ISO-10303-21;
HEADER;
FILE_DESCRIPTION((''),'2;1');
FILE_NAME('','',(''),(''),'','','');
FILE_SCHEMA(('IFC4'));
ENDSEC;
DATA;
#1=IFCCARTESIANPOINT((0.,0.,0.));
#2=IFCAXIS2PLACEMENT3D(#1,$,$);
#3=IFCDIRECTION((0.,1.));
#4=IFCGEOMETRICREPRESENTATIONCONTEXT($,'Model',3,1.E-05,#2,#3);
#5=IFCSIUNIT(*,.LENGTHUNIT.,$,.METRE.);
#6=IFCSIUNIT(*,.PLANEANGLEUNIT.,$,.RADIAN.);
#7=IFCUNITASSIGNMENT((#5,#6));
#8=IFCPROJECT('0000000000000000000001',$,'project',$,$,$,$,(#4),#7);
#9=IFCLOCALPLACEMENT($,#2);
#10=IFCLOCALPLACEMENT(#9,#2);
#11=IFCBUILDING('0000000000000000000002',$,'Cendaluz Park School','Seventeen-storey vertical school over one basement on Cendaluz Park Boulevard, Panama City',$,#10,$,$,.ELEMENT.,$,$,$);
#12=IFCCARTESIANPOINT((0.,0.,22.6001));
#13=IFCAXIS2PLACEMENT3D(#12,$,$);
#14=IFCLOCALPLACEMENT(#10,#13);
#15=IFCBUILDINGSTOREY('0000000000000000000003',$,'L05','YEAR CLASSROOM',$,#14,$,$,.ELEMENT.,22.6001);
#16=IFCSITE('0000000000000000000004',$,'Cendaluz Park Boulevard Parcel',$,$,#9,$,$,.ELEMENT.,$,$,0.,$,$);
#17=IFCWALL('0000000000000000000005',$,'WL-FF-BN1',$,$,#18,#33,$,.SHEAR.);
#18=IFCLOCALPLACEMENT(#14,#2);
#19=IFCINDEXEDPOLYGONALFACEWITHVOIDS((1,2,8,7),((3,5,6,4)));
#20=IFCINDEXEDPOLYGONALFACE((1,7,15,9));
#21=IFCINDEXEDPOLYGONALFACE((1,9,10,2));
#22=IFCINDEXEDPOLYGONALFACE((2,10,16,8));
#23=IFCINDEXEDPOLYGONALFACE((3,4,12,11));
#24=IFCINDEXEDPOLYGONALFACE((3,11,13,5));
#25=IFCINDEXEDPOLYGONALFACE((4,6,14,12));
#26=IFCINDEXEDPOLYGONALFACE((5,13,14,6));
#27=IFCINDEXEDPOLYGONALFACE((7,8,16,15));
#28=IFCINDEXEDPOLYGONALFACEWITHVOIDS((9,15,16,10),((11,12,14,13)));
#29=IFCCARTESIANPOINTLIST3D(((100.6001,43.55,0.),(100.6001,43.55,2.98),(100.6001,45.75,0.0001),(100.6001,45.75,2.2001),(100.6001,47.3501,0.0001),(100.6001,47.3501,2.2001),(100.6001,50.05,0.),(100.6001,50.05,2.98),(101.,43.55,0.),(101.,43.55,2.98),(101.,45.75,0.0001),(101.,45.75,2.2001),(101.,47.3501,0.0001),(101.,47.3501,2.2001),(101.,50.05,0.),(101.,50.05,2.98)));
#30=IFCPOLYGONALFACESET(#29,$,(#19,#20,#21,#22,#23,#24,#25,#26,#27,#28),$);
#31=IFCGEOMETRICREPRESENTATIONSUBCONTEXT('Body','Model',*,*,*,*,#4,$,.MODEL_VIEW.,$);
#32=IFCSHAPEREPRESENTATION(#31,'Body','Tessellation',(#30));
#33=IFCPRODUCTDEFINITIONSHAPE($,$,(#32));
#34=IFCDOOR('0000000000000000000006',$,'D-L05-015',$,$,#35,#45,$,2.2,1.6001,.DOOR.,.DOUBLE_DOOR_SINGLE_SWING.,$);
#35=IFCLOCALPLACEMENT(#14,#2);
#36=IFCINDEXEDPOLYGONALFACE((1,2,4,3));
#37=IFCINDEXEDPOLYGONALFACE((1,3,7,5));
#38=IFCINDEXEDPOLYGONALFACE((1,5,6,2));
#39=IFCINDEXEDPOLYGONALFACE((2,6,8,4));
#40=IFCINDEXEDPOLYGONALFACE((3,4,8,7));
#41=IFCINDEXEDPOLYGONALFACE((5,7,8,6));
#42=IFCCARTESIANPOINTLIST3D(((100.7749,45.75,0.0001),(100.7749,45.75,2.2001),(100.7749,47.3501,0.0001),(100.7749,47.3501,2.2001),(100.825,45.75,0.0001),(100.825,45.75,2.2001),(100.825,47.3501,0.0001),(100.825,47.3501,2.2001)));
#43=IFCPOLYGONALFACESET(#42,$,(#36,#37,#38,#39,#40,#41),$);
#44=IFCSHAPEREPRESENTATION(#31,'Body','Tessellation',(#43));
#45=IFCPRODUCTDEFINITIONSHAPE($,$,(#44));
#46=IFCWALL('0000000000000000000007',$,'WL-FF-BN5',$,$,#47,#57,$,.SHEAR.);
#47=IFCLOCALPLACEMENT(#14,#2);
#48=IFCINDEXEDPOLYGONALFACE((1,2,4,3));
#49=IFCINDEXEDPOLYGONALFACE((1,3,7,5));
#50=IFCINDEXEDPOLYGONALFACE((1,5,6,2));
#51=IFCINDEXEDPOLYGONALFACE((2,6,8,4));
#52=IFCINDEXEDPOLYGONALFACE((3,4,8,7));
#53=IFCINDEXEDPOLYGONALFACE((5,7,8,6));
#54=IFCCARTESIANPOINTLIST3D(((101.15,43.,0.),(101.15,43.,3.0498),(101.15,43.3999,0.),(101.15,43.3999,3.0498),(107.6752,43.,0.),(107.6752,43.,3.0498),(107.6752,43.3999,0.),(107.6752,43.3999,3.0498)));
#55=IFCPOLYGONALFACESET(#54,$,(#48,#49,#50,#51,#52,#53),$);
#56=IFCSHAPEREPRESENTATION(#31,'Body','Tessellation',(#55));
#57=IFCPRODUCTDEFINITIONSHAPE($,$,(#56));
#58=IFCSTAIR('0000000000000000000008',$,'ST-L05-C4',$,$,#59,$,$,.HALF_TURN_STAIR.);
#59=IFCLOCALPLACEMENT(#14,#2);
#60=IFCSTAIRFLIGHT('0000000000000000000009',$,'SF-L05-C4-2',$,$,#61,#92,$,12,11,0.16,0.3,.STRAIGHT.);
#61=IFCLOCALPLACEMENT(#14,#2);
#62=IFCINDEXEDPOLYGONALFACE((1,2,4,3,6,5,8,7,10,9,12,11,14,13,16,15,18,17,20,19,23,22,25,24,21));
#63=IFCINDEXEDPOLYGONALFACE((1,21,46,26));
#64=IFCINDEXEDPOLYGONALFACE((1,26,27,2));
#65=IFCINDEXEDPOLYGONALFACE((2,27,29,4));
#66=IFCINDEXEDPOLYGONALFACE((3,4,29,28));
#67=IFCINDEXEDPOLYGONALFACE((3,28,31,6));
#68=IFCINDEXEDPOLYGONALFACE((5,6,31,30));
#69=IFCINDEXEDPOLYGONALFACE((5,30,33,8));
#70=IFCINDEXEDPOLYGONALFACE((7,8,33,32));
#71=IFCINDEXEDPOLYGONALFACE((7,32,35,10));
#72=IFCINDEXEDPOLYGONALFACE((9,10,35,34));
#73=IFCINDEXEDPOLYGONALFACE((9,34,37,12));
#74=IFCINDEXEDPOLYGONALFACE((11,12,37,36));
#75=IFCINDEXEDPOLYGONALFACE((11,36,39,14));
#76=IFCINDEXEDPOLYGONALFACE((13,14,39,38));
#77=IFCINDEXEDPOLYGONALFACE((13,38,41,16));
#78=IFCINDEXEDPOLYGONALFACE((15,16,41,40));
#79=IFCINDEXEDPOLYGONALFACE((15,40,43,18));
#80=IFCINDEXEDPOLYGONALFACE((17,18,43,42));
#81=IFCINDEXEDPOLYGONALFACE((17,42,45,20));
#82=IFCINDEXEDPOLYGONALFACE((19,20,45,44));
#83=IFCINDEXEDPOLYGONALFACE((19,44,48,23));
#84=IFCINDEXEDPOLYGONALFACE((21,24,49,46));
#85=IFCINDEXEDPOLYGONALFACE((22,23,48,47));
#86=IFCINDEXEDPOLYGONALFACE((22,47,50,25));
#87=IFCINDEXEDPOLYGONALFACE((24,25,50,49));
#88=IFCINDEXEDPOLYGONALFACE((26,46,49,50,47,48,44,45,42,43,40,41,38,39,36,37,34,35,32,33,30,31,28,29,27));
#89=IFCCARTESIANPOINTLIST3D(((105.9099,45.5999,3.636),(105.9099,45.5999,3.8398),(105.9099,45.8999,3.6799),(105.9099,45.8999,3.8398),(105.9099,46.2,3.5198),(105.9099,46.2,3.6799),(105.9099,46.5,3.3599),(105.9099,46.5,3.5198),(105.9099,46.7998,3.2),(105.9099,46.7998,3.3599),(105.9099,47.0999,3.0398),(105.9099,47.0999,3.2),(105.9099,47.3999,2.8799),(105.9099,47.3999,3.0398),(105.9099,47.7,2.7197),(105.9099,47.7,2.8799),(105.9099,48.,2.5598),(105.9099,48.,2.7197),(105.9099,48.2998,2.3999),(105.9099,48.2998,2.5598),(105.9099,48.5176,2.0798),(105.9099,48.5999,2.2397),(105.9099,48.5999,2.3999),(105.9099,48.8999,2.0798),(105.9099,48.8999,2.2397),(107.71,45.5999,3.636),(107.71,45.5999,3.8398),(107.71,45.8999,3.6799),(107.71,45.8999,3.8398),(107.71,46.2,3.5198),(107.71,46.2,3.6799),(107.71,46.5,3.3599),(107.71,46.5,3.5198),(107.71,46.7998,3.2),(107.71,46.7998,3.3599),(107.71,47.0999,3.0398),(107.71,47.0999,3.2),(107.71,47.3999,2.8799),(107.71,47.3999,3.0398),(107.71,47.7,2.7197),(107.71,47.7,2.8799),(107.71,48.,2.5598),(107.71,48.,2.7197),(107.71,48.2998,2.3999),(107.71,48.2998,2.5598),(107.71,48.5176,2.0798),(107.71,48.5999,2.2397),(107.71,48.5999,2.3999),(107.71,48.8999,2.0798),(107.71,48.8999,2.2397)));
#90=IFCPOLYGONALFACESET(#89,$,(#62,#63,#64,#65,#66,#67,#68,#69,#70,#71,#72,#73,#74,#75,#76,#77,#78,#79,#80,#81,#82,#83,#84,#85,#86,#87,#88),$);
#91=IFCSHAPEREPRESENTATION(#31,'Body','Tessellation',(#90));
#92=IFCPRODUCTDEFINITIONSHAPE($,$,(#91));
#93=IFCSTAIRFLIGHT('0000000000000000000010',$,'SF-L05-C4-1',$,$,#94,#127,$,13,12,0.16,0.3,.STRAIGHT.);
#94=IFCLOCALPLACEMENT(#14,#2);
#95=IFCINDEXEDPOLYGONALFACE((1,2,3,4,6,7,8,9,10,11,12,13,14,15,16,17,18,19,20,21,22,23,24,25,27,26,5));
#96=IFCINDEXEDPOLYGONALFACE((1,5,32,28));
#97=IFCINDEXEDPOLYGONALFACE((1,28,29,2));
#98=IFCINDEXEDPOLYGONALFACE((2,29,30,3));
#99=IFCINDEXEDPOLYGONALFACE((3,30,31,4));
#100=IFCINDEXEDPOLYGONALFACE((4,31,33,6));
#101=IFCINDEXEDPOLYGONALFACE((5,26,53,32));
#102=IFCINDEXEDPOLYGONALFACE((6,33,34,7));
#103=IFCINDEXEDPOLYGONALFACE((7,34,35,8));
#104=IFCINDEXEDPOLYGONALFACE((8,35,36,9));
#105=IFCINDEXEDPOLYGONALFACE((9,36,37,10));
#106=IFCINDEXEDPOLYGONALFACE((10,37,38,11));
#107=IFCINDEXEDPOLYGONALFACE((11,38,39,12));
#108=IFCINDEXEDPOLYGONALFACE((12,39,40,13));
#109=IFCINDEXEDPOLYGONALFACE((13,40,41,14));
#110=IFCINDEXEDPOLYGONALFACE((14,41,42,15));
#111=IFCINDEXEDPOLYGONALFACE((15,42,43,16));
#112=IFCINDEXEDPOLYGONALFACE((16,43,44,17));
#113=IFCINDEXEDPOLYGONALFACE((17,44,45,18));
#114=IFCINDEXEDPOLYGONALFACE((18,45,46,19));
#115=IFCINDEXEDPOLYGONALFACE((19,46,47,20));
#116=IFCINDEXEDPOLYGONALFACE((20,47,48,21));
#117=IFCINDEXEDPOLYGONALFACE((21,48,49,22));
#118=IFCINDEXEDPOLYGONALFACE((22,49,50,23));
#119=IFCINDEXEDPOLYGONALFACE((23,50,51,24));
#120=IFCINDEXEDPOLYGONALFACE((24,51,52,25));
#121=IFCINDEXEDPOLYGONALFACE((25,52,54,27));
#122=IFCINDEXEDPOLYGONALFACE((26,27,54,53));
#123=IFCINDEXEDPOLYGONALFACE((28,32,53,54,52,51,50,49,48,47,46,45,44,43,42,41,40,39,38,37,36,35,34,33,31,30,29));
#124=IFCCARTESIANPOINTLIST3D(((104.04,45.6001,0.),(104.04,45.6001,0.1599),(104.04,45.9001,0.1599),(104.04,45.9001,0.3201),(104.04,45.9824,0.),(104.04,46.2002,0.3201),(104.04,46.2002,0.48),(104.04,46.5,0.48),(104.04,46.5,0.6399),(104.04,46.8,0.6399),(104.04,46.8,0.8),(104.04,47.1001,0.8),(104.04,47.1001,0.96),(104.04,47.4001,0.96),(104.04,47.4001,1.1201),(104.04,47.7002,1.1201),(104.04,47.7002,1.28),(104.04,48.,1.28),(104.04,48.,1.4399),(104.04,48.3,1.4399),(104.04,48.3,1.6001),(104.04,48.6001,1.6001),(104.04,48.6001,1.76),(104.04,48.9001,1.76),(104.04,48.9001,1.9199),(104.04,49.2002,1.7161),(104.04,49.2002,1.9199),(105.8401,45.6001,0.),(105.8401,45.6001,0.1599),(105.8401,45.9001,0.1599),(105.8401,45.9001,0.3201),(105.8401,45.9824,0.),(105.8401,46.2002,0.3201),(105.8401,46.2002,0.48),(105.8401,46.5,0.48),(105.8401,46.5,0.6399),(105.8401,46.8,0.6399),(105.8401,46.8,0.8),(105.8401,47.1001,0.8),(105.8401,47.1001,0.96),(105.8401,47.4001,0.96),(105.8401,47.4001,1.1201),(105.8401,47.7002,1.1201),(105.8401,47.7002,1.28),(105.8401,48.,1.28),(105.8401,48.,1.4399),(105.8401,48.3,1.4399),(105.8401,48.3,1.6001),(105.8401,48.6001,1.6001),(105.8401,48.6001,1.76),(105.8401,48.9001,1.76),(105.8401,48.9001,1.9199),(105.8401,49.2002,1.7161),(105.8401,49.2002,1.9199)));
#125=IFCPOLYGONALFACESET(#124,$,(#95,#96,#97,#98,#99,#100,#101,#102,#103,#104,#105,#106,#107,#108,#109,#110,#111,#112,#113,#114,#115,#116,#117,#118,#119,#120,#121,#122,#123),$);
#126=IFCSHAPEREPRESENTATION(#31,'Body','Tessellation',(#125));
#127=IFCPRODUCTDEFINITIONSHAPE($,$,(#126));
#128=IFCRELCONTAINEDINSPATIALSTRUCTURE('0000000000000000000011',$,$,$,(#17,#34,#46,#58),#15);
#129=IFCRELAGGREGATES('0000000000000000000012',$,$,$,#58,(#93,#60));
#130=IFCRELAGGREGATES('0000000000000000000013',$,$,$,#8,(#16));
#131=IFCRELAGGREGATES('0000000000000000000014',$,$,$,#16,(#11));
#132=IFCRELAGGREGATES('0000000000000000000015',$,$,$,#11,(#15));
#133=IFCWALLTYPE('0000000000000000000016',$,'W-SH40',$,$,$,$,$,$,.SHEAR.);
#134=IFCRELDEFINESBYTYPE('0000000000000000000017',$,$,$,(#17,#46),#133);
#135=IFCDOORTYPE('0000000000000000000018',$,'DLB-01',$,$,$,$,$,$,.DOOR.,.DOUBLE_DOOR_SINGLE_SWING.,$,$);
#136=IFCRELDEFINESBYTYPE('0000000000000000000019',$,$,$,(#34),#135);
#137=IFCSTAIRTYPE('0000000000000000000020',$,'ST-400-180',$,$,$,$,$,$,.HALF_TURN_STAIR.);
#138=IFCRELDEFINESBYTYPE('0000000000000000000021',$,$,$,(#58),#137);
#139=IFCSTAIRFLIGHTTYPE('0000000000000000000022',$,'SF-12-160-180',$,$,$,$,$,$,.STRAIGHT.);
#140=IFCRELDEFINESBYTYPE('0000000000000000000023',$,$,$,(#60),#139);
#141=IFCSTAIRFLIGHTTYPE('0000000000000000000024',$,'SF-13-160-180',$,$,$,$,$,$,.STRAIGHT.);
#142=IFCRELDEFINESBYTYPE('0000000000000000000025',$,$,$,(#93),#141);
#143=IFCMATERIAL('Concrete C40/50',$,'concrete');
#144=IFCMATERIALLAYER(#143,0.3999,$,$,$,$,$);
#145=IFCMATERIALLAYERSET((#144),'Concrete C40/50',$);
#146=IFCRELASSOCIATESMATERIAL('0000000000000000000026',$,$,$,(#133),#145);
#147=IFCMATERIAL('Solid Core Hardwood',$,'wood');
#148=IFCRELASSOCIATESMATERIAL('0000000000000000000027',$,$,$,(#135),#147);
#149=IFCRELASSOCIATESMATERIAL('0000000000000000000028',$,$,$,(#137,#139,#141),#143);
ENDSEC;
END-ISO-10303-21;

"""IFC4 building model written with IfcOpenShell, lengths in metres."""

from ifc_helpers import new_model, si_unit, direction, frame, frame_2d, origin, place, context, subcontext, project, spatial, polyline, rectangle, outline, extrude, material, layer, layer_set, type_object, element, fill, aggregate, save


model = new_model("IFC4")

# Units and contexts
model_context = context("Model", 3, precision=1e-05, world=origin(), true_north=direction((0.0, 1.0)))
body_context = subcontext(model_context, "Body", "Model", "MODEL_VIEW")
ifc_project = project(units=[si_unit("LENGTHUNIT", "METRE"), si_unit("PLANEANGLEUNIT", "RADIAN")], contexts=[model_context])

# Site, building, storey
site_placement = place(None, origin())
site = spatial("IfcSite", under=ifc_project, at=site_placement, Name="Cendaluz Park Boulevard Parcel", CompositionType="ELEMENT", RefElevation=0.0)
building_placement = place(site_placement, origin())
building = spatial("IfcBuilding", under=site, at=building_placement, Name="Cendaluz Park School", Description="Seventeen-storey vertical school over one basement on Cendaluz Park Boulevard, Panama City", CompositionType="ELEMENT")
storey_placement = place(building_placement, frame((0.0, 0.0, 22.6001)))
storey = spatial("IfcBuildingStorey", under=building, at=storey_placement, Name="L05", Description="YEAR CLASSROOM", CompositionType="ELEMENT", Elevation=22.6001)

# Shared definitions
ifc_material_1 = material(Name="Concrete C40/50", Category="concrete")

# Shared definitions
ifc_material_2 = material(Name="Solid Core Hardwood", Category="wood")

# Wall, opening, door
ifc_layer_1 = layer(ifc_material_1, 0.3999)
ifc_layer_set_1 = layer_set([ifc_layer_1], Name="Concrete C40/50")
wall_type_1 = type_object("IfcWallType", Name="W-SH40", PredefinedType="SHEAR", material=ifc_layer_set_1)
wall_1_placement = place(storey_placement, frame((100.8, 43.55, 0.0), z_axis=(0.0, 0.0, 1.0), x_axis=(0.0, 1.0, 0.0)))
wall_1 = element("IfcWall", 1, at=wall_1_placement, inside=storey, type_object=wall_type_1, Name="WL-FF-BN1", PredefinedType="SHEAR", context=body_context, shape_type="SweptSolid", body=[
    extrude(rectangle(XDim=6.5, YDim=0.3999, at=frame_2d((3.25, 0.0))), origin(), (0.0, 0.0, 1.0), 2.98),
])
opening_1_placement = place(wall_1_placement, frame((2.2, 0.0, 0.0)))
opening_1 = element("IfcOpeningElement", 2, at=opening_1_placement, cuts=wall_1, PredefinedType="OPENING", context=body_context, shape_type="SweptSolid", body=[
    extrude(rectangle(XDim=1.6001, YDim=2.2, at=frame_2d((0.8, 1.1001))), frame((0.0, 0.2119, 0.0), z_axis=(0.0, -1.0, 0.0), x_axis=(1.0, 0.0, 0.0)), (0.0, 0.0, 1.0), 0.4238),
])
door_type_1 = type_object("IfcDoorType", Name="DLB-01", OperationType="DOUBLE_DOOR_SINGLE_SWING", PredefinedType="DOOR", material=ifc_material_2)
door_1_placement = place(opening_1_placement, frame((1.6001, 0.0, 0.0), z_axis=(0.0, 0.0, 1.0), x_axis=(-1.0, 0.0, 0.0)))
door_1 = element("IfcDoor", 3, at=door_1_placement, inside=storey, type_object=door_type_1, Name="D-L05-015", OperationType="DOUBLE_DOOR_SINGLE_SWING", OverallHeight=2.2, OverallWidth=1.6001, PredefinedType="DOOR", context=body_context, shape_type="SweptSolid", body=[
    extrude(rectangle(XDim=1.6001, YDim=2.2, at=frame_2d((0.8, 1.1001))), frame((0.0, 0.0249, 0.0), z_axis=(0.0, -1.0, 0.0), x_axis=(1.0, 0.0, 0.0)), (0.0, 0.0, 1.0), 0.05),
])
fill(opening_1, door_1)

# Wall
wall_2_placement = place(storey_placement, frame((101.1499, 43.2, 0.0), z_axis=(0.0, 0.0, 1.0), x_axis=(1.0, 0.0, 0.0)))
element("IfcWall", 4, at=wall_2_placement, inside=storey, type_object=wall_type_1, Name="WL-FF-BN5", PredefinedType="SHEAR", context=body_context, shape_type="SweptSolid", body=[
    extrude(rectangle(XDim=6.5251, YDim=0.3999, at=frame_2d((3.2627, 0.0))), origin(), (0.0, 0.0, 1.0), 3.0498),
])

# Stair, stair flights
stair_type = type_object("IfcStairType", Name="ST-400-180", PredefinedType="HALF_TURN_STAIR", material=ifc_material_1)
stair_placement = place(storey_placement, origin())
stair = element("IfcStair", 5, at=stair_placement, inside=storey, type_object=stair_type, Name="ST-L05-C4", PredefinedType="HALF_TURN_STAIR")
stair_flight_type_1 = type_object("IfcStairFlightType", Name="SF-12-160-180", PredefinedType="STRAIGHT", material=ifc_material_1)
stair_flight_1_placement = place(storey_placement, frame((106.8101, 48.8999, 2.0798), z_axis=(0.0, 0.0, 1.0), x_axis=(0.0, -1.0, 0.0)))
stair_flight_1 = element("IfcStairFlight", 6, at=stair_flight_1_placement, type_object=stair_flight_type_1, Name="SF-L05-C4-2", NumberOfRisers=12, NumberOfTreads=11, PredefinedType="STRAIGHT", RiserHeight=0.16, TreadLength=0.3, context=body_context, shape_type="SweptSolid", body=[
    extrude(outline(polyline([(0.0, 0.0), (0.0, 0.1599), (0.3, 0.1599), (0.3, 0.3201), (0.6001, 0.3201), (0.6001, 0.48), (0.8999, 0.48), (0.8999, 0.6399), (1.2, 0.6399), (1.2, 0.8), (1.5, 0.8), (1.5, 0.96), (1.8, 0.96), (1.8, 1.1201), (2.1001, 1.1201), (2.1001, 1.28), (2.3999, 1.28), (2.3999, 1.4399), (2.7, 1.4399), (2.7, 1.6001), (3.0, 1.6001), (3.0, 1.76), (3.3, 1.76), (3.3, 1.9199), (3.3, 1.5562), (0.3823, 0.0), (0.0, 0.0)])), frame((0.0, 0.8999, 0.0), z_axis=(0.0, -1.0, 0.0), x_axis=(1.0, 0.0, 0.0)), (0.0, 0.0, 1.0), 1.8),
])
stair_flight_type_2 = type_object("IfcStairFlightType", Name="SF-13-160-180", PredefinedType="STRAIGHT", material=ifc_material_1)
stair_flight_2_placement = place(storey_placement, frame((104.9399, 45.6001, 0.0), z_axis=(0.0, 0.0, 1.0), x_axis=(0.0, 1.0, 0.0)))
stair_flight_2 = element("IfcStairFlight", 7, at=stair_flight_2_placement, type_object=stair_flight_type_2, Name="SF-L05-C4-1", NumberOfRisers=13, NumberOfTreads=12, PredefinedType="STRAIGHT", RiserHeight=0.16, TreadLength=0.3, context=body_context, shape_type="SweptSolid", body=[
    extrude(outline(polyline([(0.0, 0.0), (0.0, 0.1599), (0.3, 0.1599), (0.3, 0.3201), (0.6001, 0.3201), (0.6001, 0.48), (0.8999, 0.48), (0.8999, 0.6399), (1.2, 0.6399), (1.2, 0.8), (1.5, 0.8), (1.5, 0.96), (1.8, 0.96), (1.8, 1.1201), (2.1001, 1.1201), (2.1001, 1.28), (2.3999, 1.28), (2.3999, 1.4399), (2.7, 1.4399), (2.7, 1.6001), (3.0, 1.6001), (3.0, 1.76), (3.3, 1.76), (3.3, 1.9199), (3.6001, 1.9199), (3.6001, 2.0801), (3.6001, 1.7161), (0.3823, 0.0), (0.0, 0.0)])), frame((0.0, 0.8999, 0.0), z_axis=(0.0, -1.0, 0.0), x_axis=(1.0, 0.0, 0.0)), (0.0, 0.0, 1.0), 1.8),
])
aggregate(stair, [stair_flight_2, stair_flight_1])

save(model, "model.ifc")
